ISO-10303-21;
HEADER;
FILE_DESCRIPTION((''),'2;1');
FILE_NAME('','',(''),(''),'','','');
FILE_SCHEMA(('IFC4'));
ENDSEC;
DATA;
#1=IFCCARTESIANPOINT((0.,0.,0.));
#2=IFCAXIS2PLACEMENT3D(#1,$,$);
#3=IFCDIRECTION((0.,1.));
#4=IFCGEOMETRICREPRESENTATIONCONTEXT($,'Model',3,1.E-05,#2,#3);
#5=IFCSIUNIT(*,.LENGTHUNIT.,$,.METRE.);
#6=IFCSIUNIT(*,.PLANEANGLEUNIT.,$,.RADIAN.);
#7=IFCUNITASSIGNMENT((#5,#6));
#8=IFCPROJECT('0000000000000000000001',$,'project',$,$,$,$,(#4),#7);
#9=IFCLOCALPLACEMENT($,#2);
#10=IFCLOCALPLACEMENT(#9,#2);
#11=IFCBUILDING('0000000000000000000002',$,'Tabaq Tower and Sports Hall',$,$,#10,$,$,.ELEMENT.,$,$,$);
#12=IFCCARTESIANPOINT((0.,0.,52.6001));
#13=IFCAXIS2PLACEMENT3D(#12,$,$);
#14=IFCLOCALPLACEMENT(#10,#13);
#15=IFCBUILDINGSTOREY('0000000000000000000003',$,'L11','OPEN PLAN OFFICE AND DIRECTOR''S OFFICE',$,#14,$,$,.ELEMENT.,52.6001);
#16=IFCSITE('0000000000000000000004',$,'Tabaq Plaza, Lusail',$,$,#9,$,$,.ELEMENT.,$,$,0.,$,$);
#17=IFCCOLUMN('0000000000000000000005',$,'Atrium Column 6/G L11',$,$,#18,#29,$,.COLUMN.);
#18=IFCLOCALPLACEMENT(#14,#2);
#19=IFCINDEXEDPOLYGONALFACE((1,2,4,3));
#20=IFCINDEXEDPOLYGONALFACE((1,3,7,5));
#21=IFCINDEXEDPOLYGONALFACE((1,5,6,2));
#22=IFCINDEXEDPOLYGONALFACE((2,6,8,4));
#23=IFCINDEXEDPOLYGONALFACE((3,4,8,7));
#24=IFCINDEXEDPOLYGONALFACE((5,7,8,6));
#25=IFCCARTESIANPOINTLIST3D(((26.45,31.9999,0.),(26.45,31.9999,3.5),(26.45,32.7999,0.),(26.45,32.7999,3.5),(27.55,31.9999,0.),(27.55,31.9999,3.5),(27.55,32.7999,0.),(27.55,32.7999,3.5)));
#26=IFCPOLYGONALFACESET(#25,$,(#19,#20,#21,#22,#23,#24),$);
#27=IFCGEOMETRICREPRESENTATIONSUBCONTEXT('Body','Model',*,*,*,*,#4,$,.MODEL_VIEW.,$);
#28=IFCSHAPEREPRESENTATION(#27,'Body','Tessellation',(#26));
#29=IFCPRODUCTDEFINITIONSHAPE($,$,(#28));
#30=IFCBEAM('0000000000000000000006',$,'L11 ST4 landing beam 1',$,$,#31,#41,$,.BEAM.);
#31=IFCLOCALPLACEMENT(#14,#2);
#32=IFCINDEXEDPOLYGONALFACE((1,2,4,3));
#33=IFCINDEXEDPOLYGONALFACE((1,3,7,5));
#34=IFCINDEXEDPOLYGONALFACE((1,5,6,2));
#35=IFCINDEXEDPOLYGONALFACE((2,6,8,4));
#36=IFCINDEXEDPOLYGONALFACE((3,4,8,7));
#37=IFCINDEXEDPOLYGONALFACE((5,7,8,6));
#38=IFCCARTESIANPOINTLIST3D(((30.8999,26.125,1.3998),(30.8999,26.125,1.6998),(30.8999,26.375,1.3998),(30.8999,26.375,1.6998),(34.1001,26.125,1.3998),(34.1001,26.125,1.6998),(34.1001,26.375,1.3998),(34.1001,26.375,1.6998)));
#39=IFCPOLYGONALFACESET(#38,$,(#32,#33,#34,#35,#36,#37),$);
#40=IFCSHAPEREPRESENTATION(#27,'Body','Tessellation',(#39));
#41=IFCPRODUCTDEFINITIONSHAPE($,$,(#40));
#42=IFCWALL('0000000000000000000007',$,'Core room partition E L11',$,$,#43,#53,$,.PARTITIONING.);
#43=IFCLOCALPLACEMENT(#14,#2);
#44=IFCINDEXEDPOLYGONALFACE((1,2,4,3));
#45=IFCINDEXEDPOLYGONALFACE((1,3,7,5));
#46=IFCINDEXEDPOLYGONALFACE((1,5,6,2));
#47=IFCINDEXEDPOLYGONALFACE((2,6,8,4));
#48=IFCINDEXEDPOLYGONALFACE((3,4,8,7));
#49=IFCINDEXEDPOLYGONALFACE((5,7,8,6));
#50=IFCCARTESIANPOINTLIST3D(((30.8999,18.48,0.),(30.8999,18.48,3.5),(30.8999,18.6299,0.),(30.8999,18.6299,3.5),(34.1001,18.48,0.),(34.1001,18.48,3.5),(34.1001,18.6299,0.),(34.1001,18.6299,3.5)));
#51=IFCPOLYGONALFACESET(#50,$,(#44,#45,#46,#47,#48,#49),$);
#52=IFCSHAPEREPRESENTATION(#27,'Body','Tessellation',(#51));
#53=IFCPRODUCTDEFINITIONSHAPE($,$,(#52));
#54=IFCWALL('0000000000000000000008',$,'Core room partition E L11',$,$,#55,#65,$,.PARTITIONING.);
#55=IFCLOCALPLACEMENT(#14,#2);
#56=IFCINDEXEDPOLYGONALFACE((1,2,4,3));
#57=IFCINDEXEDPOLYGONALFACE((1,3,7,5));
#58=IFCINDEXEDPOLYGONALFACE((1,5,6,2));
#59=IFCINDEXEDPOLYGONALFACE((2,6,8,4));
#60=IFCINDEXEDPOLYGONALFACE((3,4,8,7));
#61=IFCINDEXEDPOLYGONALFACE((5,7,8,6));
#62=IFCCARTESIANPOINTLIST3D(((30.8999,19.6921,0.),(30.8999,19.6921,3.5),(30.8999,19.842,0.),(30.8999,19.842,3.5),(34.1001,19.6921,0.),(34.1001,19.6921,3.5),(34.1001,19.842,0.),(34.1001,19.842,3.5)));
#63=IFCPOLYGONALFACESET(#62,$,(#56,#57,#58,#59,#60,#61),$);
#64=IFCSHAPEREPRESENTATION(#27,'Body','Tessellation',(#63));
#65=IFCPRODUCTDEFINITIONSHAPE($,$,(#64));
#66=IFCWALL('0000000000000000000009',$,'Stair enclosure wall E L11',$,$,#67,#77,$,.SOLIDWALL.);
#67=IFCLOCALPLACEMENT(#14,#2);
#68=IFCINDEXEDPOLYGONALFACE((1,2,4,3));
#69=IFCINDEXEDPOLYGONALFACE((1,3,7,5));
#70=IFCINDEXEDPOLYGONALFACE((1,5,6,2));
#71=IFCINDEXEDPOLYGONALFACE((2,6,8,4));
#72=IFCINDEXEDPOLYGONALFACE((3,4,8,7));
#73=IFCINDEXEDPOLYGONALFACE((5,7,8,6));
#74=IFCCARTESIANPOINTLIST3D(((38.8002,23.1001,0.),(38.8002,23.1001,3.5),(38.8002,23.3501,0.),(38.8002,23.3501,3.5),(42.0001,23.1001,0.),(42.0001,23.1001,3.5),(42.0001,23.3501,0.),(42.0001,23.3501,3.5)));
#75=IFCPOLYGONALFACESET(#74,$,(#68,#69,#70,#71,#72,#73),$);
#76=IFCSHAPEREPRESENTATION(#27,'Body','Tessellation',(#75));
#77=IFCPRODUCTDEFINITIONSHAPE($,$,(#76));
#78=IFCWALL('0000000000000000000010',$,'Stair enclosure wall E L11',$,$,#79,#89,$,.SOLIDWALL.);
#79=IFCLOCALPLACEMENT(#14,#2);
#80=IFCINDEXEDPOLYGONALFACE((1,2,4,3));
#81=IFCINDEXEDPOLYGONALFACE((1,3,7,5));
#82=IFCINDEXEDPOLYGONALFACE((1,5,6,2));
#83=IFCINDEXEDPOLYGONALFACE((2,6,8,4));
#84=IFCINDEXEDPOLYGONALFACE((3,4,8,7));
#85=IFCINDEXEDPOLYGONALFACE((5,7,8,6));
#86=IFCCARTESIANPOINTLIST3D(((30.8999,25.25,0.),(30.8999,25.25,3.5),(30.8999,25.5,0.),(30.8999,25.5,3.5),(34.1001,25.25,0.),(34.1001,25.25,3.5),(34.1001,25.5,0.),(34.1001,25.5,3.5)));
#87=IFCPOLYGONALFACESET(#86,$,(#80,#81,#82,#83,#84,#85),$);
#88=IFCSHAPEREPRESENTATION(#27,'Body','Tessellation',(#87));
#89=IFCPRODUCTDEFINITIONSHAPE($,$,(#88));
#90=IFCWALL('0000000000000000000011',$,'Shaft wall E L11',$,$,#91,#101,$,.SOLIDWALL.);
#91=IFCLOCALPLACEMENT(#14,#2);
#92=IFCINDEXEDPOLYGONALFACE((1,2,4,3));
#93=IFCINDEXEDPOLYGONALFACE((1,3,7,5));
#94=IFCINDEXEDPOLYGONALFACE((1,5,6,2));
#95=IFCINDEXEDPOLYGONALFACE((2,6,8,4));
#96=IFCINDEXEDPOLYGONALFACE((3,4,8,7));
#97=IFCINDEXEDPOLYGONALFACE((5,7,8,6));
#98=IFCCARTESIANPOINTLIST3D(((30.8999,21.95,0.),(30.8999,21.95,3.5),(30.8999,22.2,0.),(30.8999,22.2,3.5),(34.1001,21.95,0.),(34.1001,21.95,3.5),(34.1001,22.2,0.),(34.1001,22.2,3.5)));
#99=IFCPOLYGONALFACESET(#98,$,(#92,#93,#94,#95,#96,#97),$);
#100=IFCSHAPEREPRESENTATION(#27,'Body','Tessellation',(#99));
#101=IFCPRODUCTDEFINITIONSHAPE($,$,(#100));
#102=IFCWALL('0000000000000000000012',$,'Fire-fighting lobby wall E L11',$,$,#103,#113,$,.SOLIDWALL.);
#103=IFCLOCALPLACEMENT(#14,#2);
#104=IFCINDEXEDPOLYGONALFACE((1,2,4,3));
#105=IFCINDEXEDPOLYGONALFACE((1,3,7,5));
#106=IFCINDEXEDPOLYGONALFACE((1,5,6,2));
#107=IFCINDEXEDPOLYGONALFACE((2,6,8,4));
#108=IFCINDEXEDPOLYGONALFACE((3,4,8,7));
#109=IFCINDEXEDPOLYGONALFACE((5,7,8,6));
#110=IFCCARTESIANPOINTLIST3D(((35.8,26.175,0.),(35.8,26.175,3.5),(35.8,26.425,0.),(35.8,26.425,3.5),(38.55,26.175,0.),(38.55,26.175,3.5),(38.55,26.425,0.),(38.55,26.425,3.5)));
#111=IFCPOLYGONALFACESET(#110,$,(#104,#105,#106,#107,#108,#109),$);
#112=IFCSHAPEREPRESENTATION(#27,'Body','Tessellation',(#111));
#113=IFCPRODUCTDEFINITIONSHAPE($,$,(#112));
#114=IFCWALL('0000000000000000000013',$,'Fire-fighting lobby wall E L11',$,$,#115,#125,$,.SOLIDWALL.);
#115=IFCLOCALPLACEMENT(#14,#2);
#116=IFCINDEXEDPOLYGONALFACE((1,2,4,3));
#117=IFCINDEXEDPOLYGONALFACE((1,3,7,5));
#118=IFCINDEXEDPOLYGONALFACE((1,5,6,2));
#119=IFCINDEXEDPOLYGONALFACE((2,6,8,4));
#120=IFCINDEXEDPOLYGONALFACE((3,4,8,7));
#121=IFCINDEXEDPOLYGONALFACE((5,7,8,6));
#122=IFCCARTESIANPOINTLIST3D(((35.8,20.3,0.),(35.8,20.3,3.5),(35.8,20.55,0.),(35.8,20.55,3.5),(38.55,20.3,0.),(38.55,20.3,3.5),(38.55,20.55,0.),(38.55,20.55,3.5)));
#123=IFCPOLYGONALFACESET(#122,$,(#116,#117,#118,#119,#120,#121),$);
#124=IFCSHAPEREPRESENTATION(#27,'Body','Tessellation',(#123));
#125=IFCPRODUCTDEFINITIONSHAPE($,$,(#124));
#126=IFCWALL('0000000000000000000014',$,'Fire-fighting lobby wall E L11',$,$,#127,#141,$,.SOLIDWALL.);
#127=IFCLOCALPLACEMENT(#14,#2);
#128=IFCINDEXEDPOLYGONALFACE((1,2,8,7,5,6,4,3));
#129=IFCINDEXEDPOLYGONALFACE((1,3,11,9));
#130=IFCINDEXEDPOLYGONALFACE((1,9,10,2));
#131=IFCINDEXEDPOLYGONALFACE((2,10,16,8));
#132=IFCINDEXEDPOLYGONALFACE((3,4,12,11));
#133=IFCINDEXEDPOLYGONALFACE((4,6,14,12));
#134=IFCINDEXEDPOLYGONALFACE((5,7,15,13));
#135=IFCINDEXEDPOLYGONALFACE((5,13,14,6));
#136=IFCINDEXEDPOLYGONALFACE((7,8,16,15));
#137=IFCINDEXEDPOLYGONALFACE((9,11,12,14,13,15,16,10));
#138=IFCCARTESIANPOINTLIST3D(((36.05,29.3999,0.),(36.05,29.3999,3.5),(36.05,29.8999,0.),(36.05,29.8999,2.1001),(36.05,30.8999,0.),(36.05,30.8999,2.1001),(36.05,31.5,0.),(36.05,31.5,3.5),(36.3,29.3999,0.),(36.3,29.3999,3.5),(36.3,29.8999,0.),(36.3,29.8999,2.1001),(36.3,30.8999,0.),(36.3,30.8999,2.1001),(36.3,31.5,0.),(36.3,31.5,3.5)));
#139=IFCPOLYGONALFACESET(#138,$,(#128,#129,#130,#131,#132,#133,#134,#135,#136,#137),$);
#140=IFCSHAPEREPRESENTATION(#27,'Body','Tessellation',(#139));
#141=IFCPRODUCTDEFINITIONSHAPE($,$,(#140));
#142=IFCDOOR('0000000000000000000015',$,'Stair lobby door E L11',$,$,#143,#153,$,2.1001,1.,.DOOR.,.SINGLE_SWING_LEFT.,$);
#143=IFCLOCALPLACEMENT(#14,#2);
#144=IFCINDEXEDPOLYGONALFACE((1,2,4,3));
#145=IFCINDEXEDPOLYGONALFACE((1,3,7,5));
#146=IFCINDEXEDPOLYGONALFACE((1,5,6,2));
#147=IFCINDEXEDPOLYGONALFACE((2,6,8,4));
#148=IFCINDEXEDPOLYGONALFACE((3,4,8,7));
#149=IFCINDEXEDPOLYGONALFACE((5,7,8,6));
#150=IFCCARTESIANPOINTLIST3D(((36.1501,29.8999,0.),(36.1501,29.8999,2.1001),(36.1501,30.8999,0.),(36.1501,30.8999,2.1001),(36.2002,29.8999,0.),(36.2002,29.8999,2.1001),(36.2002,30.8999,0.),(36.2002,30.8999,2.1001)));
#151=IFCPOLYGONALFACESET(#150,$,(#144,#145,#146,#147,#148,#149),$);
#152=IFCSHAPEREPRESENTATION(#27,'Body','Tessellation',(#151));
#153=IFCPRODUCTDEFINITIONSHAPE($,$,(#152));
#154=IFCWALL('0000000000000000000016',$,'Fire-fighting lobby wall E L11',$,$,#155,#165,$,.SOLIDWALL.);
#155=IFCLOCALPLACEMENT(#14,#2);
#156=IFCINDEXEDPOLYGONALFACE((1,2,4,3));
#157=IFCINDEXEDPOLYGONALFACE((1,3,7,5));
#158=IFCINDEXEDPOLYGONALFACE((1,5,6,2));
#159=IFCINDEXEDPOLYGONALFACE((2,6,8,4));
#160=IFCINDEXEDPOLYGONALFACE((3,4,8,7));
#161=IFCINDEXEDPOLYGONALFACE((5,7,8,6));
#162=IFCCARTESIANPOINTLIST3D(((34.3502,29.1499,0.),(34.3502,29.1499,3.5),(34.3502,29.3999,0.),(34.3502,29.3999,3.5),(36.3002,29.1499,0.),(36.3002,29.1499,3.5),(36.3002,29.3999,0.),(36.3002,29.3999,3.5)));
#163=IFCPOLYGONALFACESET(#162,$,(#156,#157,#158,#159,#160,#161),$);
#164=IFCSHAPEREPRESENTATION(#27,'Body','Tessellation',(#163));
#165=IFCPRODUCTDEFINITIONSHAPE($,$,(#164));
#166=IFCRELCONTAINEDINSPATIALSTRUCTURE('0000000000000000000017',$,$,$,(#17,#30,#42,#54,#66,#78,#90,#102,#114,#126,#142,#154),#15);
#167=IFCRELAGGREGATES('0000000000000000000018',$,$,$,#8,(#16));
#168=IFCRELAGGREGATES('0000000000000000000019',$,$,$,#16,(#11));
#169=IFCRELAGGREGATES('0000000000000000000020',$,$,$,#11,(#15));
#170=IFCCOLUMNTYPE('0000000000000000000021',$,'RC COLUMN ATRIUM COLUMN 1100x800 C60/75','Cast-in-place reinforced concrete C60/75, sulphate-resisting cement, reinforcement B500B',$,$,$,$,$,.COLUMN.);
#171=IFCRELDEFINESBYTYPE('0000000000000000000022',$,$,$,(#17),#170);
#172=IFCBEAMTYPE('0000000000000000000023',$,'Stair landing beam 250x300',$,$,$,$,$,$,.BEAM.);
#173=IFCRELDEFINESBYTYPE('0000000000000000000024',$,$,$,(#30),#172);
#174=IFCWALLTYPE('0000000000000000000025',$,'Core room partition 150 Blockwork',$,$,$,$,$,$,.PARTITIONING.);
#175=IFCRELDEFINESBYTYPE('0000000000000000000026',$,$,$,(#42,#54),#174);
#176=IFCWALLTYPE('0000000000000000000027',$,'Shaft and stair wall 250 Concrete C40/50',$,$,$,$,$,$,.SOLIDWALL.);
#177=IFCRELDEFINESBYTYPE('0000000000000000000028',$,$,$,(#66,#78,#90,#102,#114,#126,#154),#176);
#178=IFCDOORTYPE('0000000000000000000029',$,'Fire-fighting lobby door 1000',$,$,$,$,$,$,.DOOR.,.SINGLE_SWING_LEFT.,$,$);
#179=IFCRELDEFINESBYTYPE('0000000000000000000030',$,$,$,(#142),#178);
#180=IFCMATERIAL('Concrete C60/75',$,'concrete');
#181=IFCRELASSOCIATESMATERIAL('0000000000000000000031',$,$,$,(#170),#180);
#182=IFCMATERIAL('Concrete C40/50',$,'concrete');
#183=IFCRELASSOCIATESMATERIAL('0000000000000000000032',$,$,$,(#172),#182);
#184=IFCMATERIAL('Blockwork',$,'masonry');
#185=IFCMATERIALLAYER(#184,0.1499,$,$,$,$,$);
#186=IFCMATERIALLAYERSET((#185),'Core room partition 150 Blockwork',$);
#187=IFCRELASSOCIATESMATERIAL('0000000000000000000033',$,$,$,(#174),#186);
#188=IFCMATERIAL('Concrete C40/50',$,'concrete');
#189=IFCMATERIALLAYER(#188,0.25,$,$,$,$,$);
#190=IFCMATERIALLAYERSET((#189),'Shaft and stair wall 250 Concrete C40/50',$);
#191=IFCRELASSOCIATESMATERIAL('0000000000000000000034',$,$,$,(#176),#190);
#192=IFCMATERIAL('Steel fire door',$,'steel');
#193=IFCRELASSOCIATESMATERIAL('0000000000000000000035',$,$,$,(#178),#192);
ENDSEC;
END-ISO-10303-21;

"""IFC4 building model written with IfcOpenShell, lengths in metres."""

from ifc_helpers import new_model, si_unit, direction, frame, frame_2d, origin, origin_2d, place, context, subcontext, project, spatial, rectangle, extrude, material, layer, layer_set, material_profile, profile_set, type_object, element, fill, save


model = new_model("IFC4")

# Units and contexts
model_context = context("Model", 3, precision=1e-05, world=origin(), true_north=direction((0.0, 1.0)))
body_context = subcontext(model_context, "Body", "Model", "MODEL_VIEW")
ifc_project = project(units=[si_unit("LENGTHUNIT", "METRE"), si_unit("PLANEANGLEUNIT", "RADIAN")], contexts=[model_context])

# Site, building, storey
site_placement = place(None, origin())
site = spatial("IfcSite", under=ifc_project, at=site_placement, Name="Tabaq Plaza, Lusail", CompositionType="ELEMENT", RefElevation=0.0)
building_placement = place(site_placement, origin())
building = spatial("IfcBuilding", under=site, at=building_placement, Name="Tabaq Tower and Sports Hall", CompositionType="ELEMENT")
storey_placement = place(building_placement, frame((0.0, 0.0, 52.6001)))
storey = spatial("IfcBuildingStorey", under=building, at=storey_placement, Name="L11", Description="OPEN PLAN OFFICE AND DIRECTOR'S OFFICE", CompositionType="ELEMENT", Elevation=52.6001)

# Column
ifc_material_1 = material(Name="Concrete C60/75", Category="concrete")
ifc_material_profile_1 = material_profile(ifc_material_1, rectangle(XDim=1.1001, YDim=0.8, at=origin_2d()), Name="ATRIUM COLUMN 1100x800")
ifc_profile_set_1 = profile_set([ifc_material_profile_1], Name="Concrete C60/75")
column_type = type_object("IfcColumnType", Name="RC COLUMN ATRIUM COLUMN 1100x800 C60/75", Description="Cast-in-place reinforced concrete C60/75, sulphate-resisting cement, reinforcement B500B", PredefinedType="COLUMN", material=ifc_profile_set_1)
column_placement = place(storey_placement, frame((27.0, 32.3999, 0.0), z_axis=(0.0, 0.0, 1.0), x_axis=(1.0, 0.0, 0.0)))
element("IfcColumn", 1, at=column_placement, inside=storey, type_object=column_type, Name="Atrium Column 6/G L11", PredefinedType="COLUMN", context=body_context, shape_type="SweptSolid", body=[
    extrude(rectangle(XDim=1.1001, YDim=0.8, at=origin_2d()), origin(), (0.0, 0.0, 1.0), 3.5),
])

# Beam
ifc_material_2 = material(Name="Concrete C40/50", Category="concrete")
ifc_material_profile_2 = material_profile(ifc_material_2, rectangle(XDim=0.25, YDim=0.3, at=origin_2d()), Name="RC 250x300")
ifc_profile_set_2 = profile_set([ifc_material_profile_2], Name="Concrete C40/50")
beam_type = type_object("IfcBeamType", Name="Stair landing beam 250x300", PredefinedType="BEAM", material=ifc_profile_set_2)
beam_placement = place(storey_placement, frame((30.8999, 26.25, 1.5498), z_axis=(1.0, 0.0, 0.0), x_axis=(0.0, 1.0, 0.0)))
element("IfcBeam", 2, at=beam_placement, inside=storey, type_object=beam_type, Name="L11 ST4 landing beam 1", PredefinedType="BEAM", context=body_context, shape_type="SweptSolid", body=[
    extrude(rectangle(XDim=0.25, YDim=0.3, at=origin_2d()), origin(), (0.0, 0.0, 1.0), 3.2002),
])

# Walls
ifc_material_3 = material(Name="Blockwork", Category="masonry")
ifc_layer_1 = layer(ifc_material_3, 0.1499)
ifc_layer_set_1 = layer_set([ifc_layer_1], Name="Core room partition 150 Blockwork")
wall_type_1 = type_object("IfcWallType", Name="Core room partition 150 Blockwork", PredefinedType="PARTITIONING", material=ifc_layer_set_1)
for number, where, z_axis, x_axis, name in (
    (3, (30.8999, 18.5549, 0.0), (0.0, 0.0, 1.0), (1.0, 0.0, 0.0), "Core room partition E L11"),
    (4, (30.8999, 19.7671, 0.0), (0.0, 0.0, 1.0), (1.0, 0.0, 0.0), "Core room partition E L11"),
):
    element("IfcWall", number, at=place(storey_placement, frame(where, z_axis=z_axis, x_axis=x_axis)), inside=storey, type_object=wall_type_1, Name=name, PredefinedType="PARTITIONING", context=body_context, shape_type="SweptSolid", body=[
        extrude(rectangle(XDim=3.2002, YDim=0.1499, at=frame_2d((1.6001, 0.0))), origin(), (0.0, 0.0, 1.0), 3.5),
    ])

# Walls
ifc_material_4 = material(Name="Concrete C40/50", Category="concrete")
ifc_layer_2 = layer(ifc_material_4, 0.25)
ifc_layer_set_2 = layer_set([ifc_layer_2], Name="Shaft and stair wall 250 Concrete C40/50")
wall_type_2 = type_object("IfcWallType", Name="Shaft and stair wall 250 Concrete C40/50", PredefinedType="SOLIDWALL", material=ifc_layer_set_2)
wall_1_placement = place(storey_placement, frame((38.8, 23.2251, 0.0), z_axis=(0.0, 0.0, 1.0), x_axis=(1.0, 0.0, 0.0)))
element("IfcWall", 5, at=wall_1_placement, inside=storey, type_object=wall_type_2, Name="Stair enclosure wall E L11", PredefinedType="SOLIDWALL", context=body_context, shape_type="SweptSolid", body=[
    extrude(rectangle(XDim=3.2, YDim=0.25, at=frame_2d((1.6001, 0.0))), origin(), (0.0, 0.0, 1.0), 3.5),
])
for number, where, z_axis, x_axis, name in (
    (6, (30.8999, 25.375, 0.0), (0.0, 0.0, 1.0), (1.0, 0.0, 0.0), "Stair enclosure wall E L11"),
    (7, (30.8999, 22.075, 0.0), (0.0, 0.0, 1.0), (1.0, 0.0, 0.0), "Shaft wall E L11"),
):
    element("IfcWall", number, at=place(storey_placement, frame(where, z_axis=z_axis, x_axis=x_axis)), inside=storey, type_object=wall_type_2, Name=name, PredefinedType="SOLIDWALL", context=body_context, shape_type="SweptSolid", body=[
        extrude(rectangle(XDim=3.2002, YDim=0.25, at=frame_2d((1.6001, 0.0))), origin(), (0.0, 0.0, 1.0), 3.5),
    ])
for number, where, z_axis, x_axis, name in (
    (8, (35.8, 26.3, 0.0), (0.0, 0.0, 1.0), (1.0, 0.0, 0.0), "Fire-fighting lobby wall E L11"),
    (9, (35.8, 20.425, 0.0), (0.0, 0.0, 1.0), (1.0, 0.0, 0.0), "Fire-fighting lobby wall E L11"),
):
    element("IfcWall", number, at=place(storey_placement, frame(where, z_axis=z_axis, x_axis=x_axis)), inside=storey, type_object=wall_type_2, Name=name, PredefinedType="SOLIDWALL", context=body_context, shape_type="SweptSolid", body=[
        extrude(rectangle(XDim=2.75, YDim=0.25, at=frame_2d((1.375, 0.0))), origin(), (0.0, 0.0, 1.0), 3.5),
    ])

# Wall, opening, door
wall_2_placement = place(storey_placement, frame((36.175, 29.3999, 0.0), z_axis=(0.0, 0.0, 1.0), x_axis=(0.0, 1.0, 0.0)))
wall_2 = element("IfcWall", 10, at=wall_2_placement, inside=storey, type_object=wall_type_2, Name="Fire-fighting lobby wall E L11", PredefinedType="SOLIDWALL", context=body_context, shape_type="SweptSolid", body=[
    extrude(rectangle(XDim=2.1001, YDim=0.25, at=frame_2d((1.05, 0.0))), origin(), (0.0, 0.0, 1.0), 3.5),
])
opening_1_placement = place(wall_2_placement, frame((0.5, 0.0, 0.0)))
opening_1 = element("IfcOpeningElement", 11, at=opening_1_placement, cuts=wall_2, PredefinedType="OPENING", context=body_context, shape_type="SweptSolid", body=[
    extrude(rectangle(XDim=1.0, YDim=2.1001, at=frame_2d((0.5, 1.05))), frame((0.0, 0.125, 0.0), z_axis=(0.0, -1.0, 0.0), x_axis=(1.0, 0.0, 0.0)), (0.0, 0.0, 1.0), 0.25),
])
ifc_material_5 = material(Name="Steel fire door", Category="steel")
door_type_1 = type_object("IfcDoorType", Name="Fire-fighting lobby door 1000", OperationType="SINGLE_SWING_LEFT", PredefinedType="DOOR", material=ifc_material_5)
door_1_placement = place(opening_1_placement, origin())
door_1 = element("IfcDoor", 12, at=door_1_placement, inside=storey, type_object=door_type_1, Name="Stair lobby door E L11", OperationType="SINGLE_SWING_LEFT", OverallHeight=2.1001, OverallWidth=1.0, PredefinedType="DOOR", context=body_context, shape_type="SweptSolid", body=[
    extrude(rectangle(XDim=1.0, YDim=2.1001, at=frame_2d((0.5, 1.05))), frame((0.0, 0.0249, 0.0), z_axis=(0.0, -1.0, 0.0), x_axis=(1.0, 0.0, 0.0)), (0.0, 0.0, 1.0), 0.05),
])
fill(opening_1, door_1)

# Wall
wall_3_placement = place(storey_placement, frame((34.3501, 29.2749, 0.0), z_axis=(0.0, 0.0, 1.0), x_axis=(1.0, 0.0, 0.0)))
element("IfcWall", 13, at=wall_3_placement, inside=storey, type_object=wall_type_2, Name="Fire-fighting lobby wall E L11", PredefinedType="SOLIDWALL", context=body_context, shape_type="SweptSolid", body=[
    extrude(rectangle(XDim=1.95, YDim=0.25, at=frame_2d((0.9751, 0.0))), origin(), (0.0, 0.0, 1.0), 3.5),
])

save(model, "model.ifc")
